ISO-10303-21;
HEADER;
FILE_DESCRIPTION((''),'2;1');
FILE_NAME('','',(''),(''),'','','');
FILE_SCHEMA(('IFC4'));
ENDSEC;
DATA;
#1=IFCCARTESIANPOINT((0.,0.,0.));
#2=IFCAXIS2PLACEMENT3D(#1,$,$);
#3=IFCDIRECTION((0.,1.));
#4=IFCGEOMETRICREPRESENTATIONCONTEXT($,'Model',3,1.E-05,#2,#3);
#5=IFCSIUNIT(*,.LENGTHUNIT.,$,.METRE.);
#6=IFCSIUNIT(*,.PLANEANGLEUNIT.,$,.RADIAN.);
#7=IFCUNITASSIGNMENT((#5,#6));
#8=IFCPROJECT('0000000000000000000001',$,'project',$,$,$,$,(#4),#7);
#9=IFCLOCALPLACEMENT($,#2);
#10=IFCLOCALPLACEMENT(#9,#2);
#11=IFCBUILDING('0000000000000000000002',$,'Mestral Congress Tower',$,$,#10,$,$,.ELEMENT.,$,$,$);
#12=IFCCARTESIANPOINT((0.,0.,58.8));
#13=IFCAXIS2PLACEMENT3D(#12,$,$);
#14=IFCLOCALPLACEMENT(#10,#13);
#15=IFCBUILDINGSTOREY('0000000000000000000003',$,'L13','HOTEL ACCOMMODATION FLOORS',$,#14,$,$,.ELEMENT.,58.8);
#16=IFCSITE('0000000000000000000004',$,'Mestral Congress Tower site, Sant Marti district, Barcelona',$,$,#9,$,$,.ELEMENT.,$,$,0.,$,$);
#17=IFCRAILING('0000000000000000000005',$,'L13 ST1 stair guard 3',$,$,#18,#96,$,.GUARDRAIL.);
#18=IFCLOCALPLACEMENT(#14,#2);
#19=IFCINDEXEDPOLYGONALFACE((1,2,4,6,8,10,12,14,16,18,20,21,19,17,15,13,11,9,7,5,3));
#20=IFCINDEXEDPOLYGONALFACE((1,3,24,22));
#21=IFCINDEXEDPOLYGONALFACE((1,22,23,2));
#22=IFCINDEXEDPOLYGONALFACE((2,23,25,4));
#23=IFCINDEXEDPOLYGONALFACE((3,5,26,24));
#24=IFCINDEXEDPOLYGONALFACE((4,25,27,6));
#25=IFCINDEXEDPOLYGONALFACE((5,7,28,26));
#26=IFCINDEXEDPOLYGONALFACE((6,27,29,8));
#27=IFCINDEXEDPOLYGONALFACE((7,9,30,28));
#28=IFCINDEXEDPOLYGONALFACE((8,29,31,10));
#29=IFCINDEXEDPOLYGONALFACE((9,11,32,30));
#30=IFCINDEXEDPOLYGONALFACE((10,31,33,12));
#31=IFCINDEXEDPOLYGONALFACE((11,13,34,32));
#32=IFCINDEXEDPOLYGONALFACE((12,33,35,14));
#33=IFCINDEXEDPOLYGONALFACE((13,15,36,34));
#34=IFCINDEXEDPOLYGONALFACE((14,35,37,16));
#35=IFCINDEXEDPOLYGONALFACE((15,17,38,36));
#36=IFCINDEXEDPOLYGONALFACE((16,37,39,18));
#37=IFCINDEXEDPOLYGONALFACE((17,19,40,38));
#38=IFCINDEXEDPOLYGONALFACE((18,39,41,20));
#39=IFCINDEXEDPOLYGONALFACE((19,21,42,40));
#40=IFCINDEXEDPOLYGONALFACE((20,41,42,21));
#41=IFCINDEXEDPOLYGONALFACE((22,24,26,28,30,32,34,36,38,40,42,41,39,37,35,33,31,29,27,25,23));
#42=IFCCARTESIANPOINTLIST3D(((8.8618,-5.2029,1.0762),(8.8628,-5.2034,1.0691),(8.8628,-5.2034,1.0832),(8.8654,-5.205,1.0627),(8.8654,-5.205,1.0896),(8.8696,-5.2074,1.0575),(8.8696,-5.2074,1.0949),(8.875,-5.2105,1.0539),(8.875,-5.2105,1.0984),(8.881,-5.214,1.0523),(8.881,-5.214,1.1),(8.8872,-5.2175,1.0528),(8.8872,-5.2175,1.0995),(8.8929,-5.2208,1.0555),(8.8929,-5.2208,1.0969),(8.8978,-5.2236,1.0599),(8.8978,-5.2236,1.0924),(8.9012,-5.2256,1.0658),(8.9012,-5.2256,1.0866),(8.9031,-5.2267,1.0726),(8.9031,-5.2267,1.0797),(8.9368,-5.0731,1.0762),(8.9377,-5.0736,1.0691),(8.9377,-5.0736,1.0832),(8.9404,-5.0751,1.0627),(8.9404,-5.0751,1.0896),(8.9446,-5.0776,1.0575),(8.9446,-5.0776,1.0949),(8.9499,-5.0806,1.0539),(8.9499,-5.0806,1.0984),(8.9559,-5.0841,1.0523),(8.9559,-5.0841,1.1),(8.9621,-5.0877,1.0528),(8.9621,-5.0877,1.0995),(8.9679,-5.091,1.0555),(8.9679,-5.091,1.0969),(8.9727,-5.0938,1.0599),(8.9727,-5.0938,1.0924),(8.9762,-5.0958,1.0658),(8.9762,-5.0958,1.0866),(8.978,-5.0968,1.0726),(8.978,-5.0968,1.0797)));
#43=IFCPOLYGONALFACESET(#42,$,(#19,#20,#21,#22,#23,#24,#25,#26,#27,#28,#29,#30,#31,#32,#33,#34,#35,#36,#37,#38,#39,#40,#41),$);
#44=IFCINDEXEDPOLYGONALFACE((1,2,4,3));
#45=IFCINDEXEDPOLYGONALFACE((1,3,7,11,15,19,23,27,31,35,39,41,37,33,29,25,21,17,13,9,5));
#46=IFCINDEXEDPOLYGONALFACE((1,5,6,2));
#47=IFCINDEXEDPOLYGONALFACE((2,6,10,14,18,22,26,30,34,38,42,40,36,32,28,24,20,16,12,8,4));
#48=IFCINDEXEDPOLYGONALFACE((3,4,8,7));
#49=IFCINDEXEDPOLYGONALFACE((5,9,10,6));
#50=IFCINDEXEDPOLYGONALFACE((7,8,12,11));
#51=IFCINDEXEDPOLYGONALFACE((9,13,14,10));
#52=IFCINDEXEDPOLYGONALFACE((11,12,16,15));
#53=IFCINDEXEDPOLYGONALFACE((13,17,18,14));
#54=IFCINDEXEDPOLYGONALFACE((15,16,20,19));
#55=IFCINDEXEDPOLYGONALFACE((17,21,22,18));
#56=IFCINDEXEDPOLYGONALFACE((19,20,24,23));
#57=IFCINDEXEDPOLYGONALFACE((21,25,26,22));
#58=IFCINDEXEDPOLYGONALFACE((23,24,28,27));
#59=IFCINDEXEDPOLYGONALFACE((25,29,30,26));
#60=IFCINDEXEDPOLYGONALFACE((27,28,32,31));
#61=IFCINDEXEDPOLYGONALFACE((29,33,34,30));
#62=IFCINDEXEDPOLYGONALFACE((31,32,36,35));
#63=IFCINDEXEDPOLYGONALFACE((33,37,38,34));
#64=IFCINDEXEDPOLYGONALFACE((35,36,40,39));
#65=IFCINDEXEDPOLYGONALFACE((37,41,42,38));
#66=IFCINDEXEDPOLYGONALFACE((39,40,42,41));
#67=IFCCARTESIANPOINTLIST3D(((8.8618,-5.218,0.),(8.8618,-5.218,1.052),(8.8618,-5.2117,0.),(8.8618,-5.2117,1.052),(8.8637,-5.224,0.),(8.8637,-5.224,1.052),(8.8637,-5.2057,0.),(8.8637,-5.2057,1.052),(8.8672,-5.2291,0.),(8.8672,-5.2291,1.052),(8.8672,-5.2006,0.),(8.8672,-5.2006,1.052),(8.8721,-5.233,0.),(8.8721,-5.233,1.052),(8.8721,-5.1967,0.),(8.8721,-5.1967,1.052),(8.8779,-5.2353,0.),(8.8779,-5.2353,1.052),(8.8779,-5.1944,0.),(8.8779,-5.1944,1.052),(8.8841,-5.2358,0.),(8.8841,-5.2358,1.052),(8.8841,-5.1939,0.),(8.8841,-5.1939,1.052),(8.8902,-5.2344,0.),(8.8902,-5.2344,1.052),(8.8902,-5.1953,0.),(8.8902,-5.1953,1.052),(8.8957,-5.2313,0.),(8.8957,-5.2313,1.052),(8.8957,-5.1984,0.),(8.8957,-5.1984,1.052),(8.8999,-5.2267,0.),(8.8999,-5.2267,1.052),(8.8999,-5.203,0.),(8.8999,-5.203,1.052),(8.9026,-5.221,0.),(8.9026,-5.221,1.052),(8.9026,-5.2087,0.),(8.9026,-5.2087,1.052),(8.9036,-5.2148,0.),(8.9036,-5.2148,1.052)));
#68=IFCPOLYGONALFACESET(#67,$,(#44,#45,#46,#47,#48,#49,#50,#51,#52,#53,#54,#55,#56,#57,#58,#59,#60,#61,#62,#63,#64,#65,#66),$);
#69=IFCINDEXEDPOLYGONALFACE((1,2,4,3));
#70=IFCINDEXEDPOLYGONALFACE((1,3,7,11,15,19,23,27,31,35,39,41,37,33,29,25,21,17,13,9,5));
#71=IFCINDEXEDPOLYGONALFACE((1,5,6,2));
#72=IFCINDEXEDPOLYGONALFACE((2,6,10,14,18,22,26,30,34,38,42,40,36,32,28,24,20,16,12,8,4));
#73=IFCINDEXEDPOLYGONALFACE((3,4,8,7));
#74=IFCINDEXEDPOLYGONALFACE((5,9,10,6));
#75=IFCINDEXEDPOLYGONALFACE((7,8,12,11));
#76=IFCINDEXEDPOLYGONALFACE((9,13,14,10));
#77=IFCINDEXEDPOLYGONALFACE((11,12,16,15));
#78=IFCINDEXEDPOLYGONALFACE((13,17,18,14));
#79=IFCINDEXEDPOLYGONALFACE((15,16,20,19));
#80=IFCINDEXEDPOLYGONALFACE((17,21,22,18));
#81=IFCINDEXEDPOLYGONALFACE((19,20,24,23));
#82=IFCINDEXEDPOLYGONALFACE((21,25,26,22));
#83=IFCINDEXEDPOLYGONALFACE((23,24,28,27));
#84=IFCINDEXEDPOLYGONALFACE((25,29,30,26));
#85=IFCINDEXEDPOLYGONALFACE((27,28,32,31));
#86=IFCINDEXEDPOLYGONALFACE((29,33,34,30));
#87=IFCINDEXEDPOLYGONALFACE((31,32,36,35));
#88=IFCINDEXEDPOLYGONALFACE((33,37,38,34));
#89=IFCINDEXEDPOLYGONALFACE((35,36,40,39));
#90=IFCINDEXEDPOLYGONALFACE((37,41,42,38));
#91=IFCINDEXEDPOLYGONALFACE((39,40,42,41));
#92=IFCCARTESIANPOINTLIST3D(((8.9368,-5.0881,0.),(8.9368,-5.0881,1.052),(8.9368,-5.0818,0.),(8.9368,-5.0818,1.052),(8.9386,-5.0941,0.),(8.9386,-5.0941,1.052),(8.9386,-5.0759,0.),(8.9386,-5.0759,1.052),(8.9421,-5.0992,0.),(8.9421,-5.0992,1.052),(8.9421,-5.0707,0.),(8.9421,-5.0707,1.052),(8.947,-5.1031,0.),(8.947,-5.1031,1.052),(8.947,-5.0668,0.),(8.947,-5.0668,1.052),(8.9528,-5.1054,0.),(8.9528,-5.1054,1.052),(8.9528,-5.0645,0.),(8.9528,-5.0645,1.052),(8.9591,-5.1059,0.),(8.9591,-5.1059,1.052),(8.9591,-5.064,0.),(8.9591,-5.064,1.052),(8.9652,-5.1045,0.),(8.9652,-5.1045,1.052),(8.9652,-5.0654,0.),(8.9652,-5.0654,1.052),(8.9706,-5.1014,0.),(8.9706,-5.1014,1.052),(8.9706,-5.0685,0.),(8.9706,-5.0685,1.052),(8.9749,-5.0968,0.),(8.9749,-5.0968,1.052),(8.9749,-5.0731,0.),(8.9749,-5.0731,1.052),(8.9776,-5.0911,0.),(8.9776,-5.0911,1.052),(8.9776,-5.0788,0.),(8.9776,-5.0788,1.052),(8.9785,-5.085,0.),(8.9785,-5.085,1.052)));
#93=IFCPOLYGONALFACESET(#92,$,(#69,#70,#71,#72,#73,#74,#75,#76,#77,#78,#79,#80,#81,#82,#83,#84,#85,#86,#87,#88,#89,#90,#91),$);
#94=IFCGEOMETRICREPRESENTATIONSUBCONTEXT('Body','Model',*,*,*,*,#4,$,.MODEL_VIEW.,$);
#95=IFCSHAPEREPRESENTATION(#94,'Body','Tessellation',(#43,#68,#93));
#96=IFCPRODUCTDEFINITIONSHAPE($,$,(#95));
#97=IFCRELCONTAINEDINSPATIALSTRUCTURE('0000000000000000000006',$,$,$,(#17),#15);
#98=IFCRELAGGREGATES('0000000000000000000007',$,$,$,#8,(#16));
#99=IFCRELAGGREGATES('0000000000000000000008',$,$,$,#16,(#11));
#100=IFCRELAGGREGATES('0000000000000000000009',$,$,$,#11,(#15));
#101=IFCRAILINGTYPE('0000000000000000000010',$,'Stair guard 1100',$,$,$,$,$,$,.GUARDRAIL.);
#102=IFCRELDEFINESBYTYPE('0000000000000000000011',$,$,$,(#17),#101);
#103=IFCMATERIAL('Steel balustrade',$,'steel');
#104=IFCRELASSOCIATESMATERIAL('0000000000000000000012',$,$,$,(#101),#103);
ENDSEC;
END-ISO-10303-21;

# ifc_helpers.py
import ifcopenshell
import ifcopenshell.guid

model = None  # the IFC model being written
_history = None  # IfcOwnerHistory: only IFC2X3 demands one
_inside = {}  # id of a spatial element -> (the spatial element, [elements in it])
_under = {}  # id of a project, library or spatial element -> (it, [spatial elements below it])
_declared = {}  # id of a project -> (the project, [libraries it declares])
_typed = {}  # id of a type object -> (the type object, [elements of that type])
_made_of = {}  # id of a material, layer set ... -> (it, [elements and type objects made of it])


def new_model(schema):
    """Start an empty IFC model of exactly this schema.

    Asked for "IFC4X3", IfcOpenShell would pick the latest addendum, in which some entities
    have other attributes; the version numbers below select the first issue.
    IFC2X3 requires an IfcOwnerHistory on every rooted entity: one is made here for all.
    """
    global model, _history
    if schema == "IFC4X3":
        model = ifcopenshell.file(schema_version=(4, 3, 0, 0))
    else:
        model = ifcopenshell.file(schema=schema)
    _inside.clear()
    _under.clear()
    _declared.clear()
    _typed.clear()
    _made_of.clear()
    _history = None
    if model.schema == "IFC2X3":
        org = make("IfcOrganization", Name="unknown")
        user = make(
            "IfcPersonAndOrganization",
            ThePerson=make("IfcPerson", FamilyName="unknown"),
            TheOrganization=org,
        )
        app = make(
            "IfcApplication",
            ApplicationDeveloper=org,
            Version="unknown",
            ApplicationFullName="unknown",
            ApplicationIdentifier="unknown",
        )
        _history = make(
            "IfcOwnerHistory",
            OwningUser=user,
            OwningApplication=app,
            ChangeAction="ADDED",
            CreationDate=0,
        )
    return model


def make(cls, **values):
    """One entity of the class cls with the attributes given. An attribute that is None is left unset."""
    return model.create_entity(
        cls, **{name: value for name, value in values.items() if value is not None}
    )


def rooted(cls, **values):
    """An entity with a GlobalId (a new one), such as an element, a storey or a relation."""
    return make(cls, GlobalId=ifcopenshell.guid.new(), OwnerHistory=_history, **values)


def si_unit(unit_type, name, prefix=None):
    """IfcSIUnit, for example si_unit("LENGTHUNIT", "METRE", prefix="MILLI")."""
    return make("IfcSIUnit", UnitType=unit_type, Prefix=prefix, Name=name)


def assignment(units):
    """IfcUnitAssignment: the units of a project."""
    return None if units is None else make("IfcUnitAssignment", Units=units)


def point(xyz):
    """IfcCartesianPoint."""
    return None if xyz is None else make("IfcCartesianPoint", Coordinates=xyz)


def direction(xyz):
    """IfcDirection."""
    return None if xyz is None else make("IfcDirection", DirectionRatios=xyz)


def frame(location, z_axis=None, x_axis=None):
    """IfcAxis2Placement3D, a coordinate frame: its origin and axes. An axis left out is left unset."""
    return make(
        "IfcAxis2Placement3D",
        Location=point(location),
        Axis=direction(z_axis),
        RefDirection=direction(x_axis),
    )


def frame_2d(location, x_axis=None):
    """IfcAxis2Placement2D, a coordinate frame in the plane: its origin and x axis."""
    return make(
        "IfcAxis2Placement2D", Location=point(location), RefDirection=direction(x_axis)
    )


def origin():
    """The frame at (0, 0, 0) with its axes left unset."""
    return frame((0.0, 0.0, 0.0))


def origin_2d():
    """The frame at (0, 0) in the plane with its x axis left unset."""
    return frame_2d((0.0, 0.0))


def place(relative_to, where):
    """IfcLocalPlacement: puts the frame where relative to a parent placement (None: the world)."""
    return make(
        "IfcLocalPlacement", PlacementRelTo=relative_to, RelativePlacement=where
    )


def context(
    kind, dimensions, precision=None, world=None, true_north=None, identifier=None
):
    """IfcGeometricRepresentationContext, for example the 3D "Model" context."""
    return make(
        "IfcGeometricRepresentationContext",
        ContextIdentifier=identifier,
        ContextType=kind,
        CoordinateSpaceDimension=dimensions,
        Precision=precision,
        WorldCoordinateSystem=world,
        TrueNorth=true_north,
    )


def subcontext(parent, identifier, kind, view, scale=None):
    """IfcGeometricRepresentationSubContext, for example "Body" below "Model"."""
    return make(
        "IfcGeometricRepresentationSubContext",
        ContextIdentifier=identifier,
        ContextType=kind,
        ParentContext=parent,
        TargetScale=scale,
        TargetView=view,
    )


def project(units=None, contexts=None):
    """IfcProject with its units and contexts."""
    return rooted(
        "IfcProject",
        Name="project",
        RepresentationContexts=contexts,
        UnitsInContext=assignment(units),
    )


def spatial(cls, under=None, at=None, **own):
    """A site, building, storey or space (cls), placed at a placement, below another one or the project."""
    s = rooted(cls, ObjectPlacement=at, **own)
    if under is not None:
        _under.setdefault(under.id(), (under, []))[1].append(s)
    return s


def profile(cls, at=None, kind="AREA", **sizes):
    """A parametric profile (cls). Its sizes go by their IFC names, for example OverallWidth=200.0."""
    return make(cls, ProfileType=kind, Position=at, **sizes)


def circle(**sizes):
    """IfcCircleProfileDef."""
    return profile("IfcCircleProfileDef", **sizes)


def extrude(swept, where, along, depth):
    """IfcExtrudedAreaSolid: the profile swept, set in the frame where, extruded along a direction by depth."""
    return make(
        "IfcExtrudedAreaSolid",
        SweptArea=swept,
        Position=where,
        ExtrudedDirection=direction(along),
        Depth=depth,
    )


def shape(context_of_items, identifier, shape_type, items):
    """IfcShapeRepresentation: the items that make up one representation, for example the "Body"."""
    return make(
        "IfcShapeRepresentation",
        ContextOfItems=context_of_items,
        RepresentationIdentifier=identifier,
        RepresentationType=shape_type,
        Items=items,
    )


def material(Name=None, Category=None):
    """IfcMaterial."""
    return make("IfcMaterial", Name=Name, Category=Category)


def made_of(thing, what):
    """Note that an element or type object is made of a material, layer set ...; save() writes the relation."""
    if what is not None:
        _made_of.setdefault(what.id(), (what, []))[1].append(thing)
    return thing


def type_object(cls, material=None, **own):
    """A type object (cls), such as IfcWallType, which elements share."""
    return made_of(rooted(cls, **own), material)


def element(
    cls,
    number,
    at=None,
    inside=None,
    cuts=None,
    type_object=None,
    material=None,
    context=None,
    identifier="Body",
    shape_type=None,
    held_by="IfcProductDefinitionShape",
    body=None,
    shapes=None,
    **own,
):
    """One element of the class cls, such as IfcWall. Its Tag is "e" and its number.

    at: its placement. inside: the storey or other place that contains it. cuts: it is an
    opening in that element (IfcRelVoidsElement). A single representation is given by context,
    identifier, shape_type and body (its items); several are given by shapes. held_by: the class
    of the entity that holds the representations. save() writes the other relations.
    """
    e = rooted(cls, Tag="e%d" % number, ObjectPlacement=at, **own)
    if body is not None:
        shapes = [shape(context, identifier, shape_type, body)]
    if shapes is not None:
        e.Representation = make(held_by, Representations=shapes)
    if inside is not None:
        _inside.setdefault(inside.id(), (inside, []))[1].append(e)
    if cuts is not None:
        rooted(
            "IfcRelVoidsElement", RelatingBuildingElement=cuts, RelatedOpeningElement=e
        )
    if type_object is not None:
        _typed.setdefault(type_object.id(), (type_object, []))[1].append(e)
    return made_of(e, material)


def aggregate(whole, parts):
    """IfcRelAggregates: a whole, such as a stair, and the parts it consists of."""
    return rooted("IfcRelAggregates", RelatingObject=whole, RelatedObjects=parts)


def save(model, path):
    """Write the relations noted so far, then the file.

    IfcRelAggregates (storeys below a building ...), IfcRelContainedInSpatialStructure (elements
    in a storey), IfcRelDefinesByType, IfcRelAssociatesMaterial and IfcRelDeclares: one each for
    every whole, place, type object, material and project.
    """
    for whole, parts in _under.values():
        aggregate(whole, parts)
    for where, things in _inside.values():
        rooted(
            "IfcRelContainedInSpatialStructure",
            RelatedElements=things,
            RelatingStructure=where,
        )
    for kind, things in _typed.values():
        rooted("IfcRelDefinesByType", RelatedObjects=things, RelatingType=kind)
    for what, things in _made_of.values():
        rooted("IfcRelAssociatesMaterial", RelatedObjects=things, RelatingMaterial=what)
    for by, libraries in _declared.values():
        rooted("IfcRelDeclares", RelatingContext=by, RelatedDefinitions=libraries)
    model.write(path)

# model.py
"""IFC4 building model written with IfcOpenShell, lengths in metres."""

from ifc_helpers import new_model, si_unit, direction, frame, origin, origin_2d, place, context, subcontext, project, spatial, circle, extrude, material, type_object, element, save


model = new_model("IFC4")

# Units and contexts
model_context = context("Model", 3, precision=1e-05, world=origin(), true_north=direction((0.0, 1.0)))
body_context = subcontext(model_context, "Body", "Model", "MODEL_VIEW")
ifc_project = project(units=[si_unit("LENGTHUNIT", "METRE"), si_unit("PLANEANGLEUNIT", "RADIAN")], contexts=[model_context])

# Site, building, storey
site_placement = place(None, origin())
site = spatial("IfcSite", under=ifc_project, at=site_placement, Name="Mestral Congress Tower site, Sant Marti district, Barcelona", CompositionType="ELEMENT", RefElevation=0.0)
building_placement = place(site_placement, origin())
building = spatial("IfcBuilding", under=site, at=building_placement, Name="Mestral Congress Tower", CompositionType="ELEMENT")
storey_placement = place(building_placement, frame((0.0, 0.0, 58.8)))
storey = spatial("IfcBuildingStorey", under=building, at=storey_placement, Name="L13", Description="HOTEL ACCOMMODATION FLOORS", CompositionType="ELEMENT", Elevation=58.8)

# Railing
ifc_material_1 = material(Name="Steel balustrade", Category="steel")
railing_type_1 = type_object("IfcRailingType", Name="Stair guard 1100", PredefinedType="GUARDRAIL", material=ifc_material_1)
railing_1_placement = place(storey_placement, frame((8.8826, -5.2148, 0.0)))
element("IfcRailing", 1, at=railing_1_placement, inside=storey, type_object=railing_type_1, Name="L13 ST1 stair guard 3", PredefinedType="GUARDRAIL", context=body_context, shape_type="SweptSolid", body=[
    extrude(circle(Radius=0.0239, at=origin_2d()), frame((0.0, 0.0, 1.0762), z_axis=(0.499816, 0.866131, 0.0), x_axis=(-0.866131, 0.499816, 0.0)), (0.0, 0.0, 1.0), 0.1499),
    extrude(circle(Radius=0.021, at=origin_2d()), origin(), (0.0, 0.0, 1.0), 1.052),
    extrude(circle(Radius=0.021, at=origin_2d()), frame((0.075, 0.1299, 0.0)), (0.0, 0.0, 1.0), 1.052),
])

save(model, "model.ifc")
